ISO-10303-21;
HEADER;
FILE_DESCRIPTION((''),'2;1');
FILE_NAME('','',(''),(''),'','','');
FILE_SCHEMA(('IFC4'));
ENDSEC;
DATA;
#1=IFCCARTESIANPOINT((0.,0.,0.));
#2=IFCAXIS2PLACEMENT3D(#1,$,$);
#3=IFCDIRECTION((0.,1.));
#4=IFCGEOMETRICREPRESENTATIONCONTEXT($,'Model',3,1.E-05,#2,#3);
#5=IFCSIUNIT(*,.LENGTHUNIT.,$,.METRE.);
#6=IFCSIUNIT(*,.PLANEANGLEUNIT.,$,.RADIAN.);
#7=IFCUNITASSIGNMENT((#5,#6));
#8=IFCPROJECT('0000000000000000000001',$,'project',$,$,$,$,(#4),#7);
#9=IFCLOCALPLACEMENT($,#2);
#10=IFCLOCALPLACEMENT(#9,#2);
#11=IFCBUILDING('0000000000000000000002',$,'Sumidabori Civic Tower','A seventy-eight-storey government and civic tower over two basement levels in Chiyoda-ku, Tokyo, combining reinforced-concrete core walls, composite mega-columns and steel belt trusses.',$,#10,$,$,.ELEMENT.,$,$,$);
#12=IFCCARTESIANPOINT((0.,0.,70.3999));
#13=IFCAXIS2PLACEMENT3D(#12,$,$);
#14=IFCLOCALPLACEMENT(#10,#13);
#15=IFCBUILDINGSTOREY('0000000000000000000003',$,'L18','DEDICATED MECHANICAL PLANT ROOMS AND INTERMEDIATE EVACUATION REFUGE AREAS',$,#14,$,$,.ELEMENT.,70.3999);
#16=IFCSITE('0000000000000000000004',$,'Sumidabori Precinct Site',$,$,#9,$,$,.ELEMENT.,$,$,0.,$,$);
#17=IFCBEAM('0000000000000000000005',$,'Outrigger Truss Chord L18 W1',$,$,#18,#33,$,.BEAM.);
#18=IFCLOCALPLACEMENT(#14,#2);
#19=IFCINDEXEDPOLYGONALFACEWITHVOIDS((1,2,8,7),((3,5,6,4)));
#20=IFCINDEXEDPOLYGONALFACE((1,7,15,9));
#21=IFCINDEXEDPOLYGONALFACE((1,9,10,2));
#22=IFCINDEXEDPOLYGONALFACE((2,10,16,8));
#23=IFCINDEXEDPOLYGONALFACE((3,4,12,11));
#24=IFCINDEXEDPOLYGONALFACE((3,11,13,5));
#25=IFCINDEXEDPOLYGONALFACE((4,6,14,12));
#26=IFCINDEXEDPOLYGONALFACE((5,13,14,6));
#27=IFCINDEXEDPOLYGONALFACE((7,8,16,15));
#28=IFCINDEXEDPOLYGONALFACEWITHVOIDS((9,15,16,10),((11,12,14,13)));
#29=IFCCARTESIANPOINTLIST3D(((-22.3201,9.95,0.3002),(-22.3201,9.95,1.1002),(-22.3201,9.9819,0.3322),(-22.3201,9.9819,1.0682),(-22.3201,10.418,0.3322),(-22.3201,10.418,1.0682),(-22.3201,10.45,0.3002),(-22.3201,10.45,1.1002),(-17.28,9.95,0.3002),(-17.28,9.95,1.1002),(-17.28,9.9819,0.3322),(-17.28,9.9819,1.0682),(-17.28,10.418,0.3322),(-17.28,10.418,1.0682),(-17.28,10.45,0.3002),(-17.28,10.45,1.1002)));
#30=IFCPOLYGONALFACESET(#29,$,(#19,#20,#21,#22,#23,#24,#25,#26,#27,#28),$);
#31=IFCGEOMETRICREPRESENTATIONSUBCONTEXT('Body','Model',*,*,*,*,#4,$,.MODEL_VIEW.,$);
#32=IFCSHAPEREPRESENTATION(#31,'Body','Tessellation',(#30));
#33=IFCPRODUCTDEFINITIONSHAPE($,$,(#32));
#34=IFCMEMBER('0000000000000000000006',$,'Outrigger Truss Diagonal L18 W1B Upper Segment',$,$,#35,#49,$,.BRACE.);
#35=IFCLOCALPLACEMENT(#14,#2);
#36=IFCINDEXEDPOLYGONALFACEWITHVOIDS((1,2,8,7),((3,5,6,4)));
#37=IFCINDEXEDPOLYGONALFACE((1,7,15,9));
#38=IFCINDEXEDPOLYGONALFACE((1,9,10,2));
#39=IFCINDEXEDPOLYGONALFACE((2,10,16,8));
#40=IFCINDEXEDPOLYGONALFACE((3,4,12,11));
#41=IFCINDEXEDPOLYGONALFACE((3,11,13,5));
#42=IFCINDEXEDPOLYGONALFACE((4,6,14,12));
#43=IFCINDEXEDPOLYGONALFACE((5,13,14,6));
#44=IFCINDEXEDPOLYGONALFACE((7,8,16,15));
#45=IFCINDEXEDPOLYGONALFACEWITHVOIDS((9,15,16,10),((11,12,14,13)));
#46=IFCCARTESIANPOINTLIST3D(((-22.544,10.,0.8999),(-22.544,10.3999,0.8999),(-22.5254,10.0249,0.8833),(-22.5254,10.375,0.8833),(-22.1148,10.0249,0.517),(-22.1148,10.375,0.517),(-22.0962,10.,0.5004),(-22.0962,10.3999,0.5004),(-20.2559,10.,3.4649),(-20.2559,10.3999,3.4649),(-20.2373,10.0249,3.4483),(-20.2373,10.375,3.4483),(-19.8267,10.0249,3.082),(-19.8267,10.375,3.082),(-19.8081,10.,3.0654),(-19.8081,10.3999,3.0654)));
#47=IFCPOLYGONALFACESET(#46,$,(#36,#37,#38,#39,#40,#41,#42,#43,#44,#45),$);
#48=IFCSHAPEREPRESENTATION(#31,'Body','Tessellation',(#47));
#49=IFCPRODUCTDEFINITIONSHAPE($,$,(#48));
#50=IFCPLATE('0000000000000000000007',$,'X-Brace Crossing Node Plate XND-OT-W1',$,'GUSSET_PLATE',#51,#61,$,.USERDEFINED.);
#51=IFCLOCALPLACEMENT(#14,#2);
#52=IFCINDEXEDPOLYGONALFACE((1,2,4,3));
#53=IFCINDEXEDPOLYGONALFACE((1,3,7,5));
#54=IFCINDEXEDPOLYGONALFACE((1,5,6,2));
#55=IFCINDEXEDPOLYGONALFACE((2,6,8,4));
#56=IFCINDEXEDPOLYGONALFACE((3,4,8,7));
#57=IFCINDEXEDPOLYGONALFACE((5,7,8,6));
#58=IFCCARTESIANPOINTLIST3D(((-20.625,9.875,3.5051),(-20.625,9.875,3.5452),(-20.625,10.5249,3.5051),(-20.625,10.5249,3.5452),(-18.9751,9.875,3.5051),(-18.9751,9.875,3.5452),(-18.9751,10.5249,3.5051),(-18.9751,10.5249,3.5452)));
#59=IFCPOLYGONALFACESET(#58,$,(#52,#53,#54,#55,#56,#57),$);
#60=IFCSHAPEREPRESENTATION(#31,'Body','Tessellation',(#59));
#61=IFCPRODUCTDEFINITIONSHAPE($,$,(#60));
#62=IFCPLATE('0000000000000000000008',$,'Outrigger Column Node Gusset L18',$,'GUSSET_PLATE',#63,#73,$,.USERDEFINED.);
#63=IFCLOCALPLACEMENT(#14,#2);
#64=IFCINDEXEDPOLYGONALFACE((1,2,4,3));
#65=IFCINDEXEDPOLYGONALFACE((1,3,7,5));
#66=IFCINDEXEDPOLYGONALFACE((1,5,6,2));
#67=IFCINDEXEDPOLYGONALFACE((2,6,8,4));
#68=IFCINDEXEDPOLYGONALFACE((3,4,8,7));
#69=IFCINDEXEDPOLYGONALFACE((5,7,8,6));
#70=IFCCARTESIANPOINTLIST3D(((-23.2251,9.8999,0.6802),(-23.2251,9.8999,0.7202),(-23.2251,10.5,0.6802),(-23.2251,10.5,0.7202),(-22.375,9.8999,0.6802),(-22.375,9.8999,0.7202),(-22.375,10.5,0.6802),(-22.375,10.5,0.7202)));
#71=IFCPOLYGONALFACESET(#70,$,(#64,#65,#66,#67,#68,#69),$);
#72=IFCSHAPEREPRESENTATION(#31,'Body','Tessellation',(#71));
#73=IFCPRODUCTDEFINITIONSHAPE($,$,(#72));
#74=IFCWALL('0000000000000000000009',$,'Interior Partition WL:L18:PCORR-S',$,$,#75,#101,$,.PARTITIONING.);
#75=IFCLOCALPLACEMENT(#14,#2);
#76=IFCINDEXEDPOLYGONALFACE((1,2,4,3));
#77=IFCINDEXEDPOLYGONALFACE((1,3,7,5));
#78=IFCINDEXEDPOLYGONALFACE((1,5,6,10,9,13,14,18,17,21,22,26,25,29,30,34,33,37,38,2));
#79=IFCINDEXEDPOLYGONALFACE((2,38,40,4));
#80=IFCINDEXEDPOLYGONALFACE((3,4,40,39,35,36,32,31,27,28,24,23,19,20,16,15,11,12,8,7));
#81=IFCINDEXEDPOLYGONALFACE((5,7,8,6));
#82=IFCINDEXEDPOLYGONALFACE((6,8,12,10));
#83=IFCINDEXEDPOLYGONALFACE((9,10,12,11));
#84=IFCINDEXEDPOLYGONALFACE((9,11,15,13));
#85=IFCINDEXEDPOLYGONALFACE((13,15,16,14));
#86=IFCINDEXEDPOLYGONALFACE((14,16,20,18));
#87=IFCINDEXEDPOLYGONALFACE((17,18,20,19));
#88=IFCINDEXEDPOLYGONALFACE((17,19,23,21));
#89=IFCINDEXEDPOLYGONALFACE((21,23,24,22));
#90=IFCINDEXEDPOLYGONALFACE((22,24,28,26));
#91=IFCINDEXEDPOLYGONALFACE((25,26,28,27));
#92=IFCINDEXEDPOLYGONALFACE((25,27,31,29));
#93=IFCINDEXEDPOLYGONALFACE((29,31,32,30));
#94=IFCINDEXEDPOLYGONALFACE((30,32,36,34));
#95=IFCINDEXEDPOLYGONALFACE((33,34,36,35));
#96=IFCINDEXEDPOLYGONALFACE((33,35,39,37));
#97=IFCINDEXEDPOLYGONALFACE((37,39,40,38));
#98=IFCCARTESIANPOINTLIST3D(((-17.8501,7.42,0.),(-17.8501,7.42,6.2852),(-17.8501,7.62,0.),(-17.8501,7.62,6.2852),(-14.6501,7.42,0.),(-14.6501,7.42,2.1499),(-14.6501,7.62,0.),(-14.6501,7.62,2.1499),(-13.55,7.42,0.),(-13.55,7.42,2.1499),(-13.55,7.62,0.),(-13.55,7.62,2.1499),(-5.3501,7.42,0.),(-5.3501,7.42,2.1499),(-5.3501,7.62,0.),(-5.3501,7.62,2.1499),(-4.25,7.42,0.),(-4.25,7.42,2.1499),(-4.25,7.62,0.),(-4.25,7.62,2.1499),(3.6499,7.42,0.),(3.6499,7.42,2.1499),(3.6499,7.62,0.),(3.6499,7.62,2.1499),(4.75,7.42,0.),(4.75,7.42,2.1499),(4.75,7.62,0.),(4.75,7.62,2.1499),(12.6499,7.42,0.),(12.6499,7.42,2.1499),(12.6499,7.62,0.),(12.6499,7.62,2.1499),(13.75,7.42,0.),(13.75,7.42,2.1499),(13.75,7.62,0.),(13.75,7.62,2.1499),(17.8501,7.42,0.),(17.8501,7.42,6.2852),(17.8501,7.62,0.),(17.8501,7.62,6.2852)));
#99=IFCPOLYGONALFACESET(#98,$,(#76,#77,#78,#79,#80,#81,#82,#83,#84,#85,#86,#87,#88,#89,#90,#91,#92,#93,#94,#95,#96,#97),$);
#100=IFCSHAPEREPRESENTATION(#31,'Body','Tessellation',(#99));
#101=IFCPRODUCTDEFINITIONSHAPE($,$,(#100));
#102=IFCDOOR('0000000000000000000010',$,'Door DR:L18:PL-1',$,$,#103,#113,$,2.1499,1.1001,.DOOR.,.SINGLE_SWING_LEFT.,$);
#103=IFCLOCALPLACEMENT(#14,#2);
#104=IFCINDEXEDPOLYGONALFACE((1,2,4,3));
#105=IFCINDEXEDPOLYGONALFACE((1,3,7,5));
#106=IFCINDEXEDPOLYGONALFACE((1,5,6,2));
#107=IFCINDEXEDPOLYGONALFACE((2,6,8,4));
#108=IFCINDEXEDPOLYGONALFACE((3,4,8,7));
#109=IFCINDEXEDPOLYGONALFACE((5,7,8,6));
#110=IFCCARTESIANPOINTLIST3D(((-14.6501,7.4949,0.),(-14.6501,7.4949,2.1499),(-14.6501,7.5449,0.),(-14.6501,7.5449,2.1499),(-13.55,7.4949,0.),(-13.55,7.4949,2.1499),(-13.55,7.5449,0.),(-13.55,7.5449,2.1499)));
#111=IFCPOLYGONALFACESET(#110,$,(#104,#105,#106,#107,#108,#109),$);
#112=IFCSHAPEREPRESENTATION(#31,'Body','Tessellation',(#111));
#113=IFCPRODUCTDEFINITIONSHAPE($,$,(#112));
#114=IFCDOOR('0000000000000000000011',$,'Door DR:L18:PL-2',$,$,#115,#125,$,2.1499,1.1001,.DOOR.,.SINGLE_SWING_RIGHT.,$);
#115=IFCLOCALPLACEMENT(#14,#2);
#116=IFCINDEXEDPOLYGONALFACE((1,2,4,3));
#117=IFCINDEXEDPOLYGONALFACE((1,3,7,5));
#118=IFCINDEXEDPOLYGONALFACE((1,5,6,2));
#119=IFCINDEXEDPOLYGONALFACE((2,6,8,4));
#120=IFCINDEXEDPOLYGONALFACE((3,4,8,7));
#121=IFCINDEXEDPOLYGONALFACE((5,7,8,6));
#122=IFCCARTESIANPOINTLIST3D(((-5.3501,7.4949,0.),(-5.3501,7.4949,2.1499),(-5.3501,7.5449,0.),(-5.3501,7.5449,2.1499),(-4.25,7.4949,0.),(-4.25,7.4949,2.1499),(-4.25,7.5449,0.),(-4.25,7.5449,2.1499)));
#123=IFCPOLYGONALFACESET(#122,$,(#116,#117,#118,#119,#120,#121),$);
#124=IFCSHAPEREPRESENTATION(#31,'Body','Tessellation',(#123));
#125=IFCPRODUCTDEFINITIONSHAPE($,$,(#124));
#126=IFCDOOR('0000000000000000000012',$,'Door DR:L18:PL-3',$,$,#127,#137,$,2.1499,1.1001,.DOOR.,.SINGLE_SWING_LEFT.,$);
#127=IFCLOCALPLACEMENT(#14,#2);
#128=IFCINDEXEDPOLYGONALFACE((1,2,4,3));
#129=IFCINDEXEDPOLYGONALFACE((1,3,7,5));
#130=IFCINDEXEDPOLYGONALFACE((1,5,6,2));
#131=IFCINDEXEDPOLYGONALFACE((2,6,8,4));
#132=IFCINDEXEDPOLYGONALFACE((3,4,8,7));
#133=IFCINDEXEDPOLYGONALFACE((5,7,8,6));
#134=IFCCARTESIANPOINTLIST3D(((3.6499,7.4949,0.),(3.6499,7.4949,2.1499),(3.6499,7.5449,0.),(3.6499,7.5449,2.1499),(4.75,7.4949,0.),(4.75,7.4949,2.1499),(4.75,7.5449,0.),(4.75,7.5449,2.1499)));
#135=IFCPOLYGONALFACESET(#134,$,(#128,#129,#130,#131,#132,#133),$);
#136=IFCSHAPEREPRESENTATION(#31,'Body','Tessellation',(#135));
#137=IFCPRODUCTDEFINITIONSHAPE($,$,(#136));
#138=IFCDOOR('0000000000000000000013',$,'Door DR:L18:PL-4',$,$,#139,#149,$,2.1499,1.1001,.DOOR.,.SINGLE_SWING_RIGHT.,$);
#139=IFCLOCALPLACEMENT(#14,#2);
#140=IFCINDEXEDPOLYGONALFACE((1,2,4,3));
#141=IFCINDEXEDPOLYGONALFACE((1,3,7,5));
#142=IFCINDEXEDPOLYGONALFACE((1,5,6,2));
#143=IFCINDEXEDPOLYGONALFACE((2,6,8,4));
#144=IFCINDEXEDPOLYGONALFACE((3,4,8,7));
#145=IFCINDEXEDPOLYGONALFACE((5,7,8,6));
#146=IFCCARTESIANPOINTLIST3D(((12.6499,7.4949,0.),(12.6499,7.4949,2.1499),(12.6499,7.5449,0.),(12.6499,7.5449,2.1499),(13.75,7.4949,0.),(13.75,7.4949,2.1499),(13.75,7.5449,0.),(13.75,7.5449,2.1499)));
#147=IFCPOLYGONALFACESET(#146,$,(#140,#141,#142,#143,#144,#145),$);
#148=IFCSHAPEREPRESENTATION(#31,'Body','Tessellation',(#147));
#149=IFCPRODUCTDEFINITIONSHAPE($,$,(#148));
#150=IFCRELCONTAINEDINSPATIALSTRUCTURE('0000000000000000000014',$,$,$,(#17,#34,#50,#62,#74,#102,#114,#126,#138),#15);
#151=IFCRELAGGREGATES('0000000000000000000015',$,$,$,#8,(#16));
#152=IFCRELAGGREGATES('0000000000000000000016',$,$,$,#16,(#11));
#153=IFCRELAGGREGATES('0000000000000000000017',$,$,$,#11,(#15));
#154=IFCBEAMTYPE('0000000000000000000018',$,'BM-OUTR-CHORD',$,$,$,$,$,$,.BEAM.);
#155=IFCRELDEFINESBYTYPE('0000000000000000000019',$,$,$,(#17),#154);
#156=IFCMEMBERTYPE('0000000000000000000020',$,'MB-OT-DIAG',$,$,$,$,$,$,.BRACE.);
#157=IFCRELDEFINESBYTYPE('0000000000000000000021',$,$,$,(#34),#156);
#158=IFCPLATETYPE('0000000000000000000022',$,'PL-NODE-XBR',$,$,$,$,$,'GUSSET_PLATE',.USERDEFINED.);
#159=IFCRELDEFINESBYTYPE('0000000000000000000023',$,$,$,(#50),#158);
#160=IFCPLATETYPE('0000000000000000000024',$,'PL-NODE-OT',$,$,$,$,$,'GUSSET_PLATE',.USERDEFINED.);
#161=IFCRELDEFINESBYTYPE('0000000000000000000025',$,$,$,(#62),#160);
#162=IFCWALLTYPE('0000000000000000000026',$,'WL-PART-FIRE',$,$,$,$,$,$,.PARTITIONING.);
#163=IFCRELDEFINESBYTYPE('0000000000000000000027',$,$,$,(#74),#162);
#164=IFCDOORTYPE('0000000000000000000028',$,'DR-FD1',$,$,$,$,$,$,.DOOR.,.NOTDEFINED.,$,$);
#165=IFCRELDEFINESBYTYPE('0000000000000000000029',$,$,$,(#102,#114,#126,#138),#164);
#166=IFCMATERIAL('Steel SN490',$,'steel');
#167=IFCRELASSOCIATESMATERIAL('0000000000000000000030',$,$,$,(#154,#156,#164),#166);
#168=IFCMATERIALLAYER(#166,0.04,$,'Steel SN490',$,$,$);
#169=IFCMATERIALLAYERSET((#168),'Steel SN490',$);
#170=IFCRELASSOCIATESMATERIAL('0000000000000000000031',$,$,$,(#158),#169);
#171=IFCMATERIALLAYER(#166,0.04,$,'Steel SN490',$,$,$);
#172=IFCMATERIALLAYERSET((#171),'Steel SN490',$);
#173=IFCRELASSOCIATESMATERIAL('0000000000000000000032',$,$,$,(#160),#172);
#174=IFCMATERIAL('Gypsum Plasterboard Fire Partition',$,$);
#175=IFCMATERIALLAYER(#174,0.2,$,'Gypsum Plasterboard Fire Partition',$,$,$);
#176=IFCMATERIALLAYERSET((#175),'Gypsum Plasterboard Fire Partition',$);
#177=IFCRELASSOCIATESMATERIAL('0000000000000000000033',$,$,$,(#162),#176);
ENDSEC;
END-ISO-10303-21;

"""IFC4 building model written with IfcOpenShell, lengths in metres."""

from ifc_helpers import new_model, si_unit, direction, frame, frame_2d, origin, origin_2d, place, context, subcontext, project, spatial, rectangle, hollow_rectangle, extrude, source, transform, mapped, material, layer, layer_set, material_profile, profile_set, type_object, element, fill, save


model = new_model("IFC4")

# Units and contexts
model_context = context("Model", 3, precision=1e-05, world=origin(), true_north=direction((0.0, 1.0)))
body_context = subcontext(model_context, "Body", "Model", "MODEL_VIEW")
ifc_project = project(units=[si_unit("LENGTHUNIT", "METRE"), si_unit("PLANEANGLEUNIT", "RADIAN")], contexts=[model_context])

# Site, building, storey
site_placement = place(None, origin())
site = spatial("IfcSite", under=ifc_project, at=site_placement, Name="Sumidabori Precinct Site", CompositionType="ELEMENT", RefElevation=0.0)
building_placement = place(site_placement, origin())
building = spatial("IfcBuilding", under=site, at=building_placement, Name="Sumidabori Civic Tower", Description="A seventy-eight-storey government and civic tower over two basement levels in Chiyoda-ku, Tokyo, combining reinforced-concrete core walls, composite mega-columns and steel belt trusses.", CompositionType="ELEMENT")
storey_placement = place(building_placement, frame((0.0, 0.0, 70.3999)))
storey = spatial("IfcBuildingStorey", under=building, at=storey_placement, Name="L18", Description="DEDICATED MECHANICAL PLANT ROOMS AND INTERMEDIATE EVACUATION REFUGE AREAS", CompositionType="ELEMENT", Elevation=70.3999)

# Beam
ifc_material_1 = material(Name="Steel SN490", Category="steel")
ifc_material_profile_1 = material_profile(ifc_material_1, hollow_rectangle(XDim=0.5, YDim=0.8, WallThickness=0.032, at=origin_2d()), Name="RHS 800x500x32")
ifc_profile_set_1 = profile_set([ifc_material_profile_1], Name="Steel SN490")
beam_type_1 = type_object("IfcBeamType", Name="BM-OUTR-CHORD", PredefinedType="BEAM", material=ifc_profile_set_1)
shared_shape_1 = source(origin(), body_context, "Body", "SweptSolid", [
    extrude(hollow_rectangle(XDim=0.5, YDim=0.8, WallThickness=0.032, at=origin_2d()), origin(), (0.0, 0.0, 1.0), 5.04),
])
beam_1_placement = place(storey_placement, frame((-17.28, 10.2, 0.7002), z_axis=(-1.0, 0.0, 0.0), x_axis=(0.0, -1.0, 0.0)))
element("IfcBeam", 1, at=beam_1_placement, inside=storey, type_object=beam_type_1, Name="Outrigger Truss Chord L18 W1", PredefinedType="BEAM", context=body_context, shape_type="MappedRepresentation", body=[
    mapped(shared_shape_1, transform((0.0, 0.0, 0.0), x_axis=(1.0, 0.0, 0.0), y_axis=(0.0, 1.0, 0.0), z_axis=(0.0, 0.0, 1.0), scale=1.0)),
])

# Member
ifc_material_profile_2 = material_profile(ifc_material_1, hollow_rectangle(XDim=0.3999, YDim=0.6001, WallThickness=0.0249, at=origin_2d()), Name="RHS 600x400x25")
ifc_profile_set_2 = profile_set([ifc_material_profile_2], Name="Steel SN490")
member_type = type_object("IfcMemberType", Name="MB-OT-DIAG", PredefinedType="BRACE", material=ifc_profile_set_2)
shared_shape_2 = source(origin(), body_context, "Body", "SweptSolid", [
    extrude(hollow_rectangle(XDim=0.3999, YDim=0.6001, WallThickness=0.0249, at=origin_2d()), origin(), (0.0, 0.0, 1.0), 3.4373),
])
member_placement = place(storey_placement, frame((-20.032, 10.2, 3.2651), z_axis=(-0.665685, 0.0, -0.746232), x_axis=(0.0, -1.0, 0.0)))
element("IfcMember", 2, at=member_placement, inside=storey, type_object=member_type, Name="Outrigger Truss Diagonal L18 W1B Upper Segment", PredefinedType="BRACE", context=body_context, shape_type="MappedRepresentation", body=[
    mapped(shared_shape_2, transform((0.0, 0.0, 0.0), x_axis=(1.0, 0.0, 0.0), y_axis=(0.0, 1.0, 0.0), z_axis=(0.0, 0.0, 1.0), scale=1.0)),
])

# Plates
ifc_layer_1 = layer(ifc_material_1, 0.04, Name="Steel SN490")
ifc_layer_set_1 = layer_set([ifc_layer_1], Name="Steel SN490")
plate_type_1 = type_object("IfcPlateType", Name="PL-NODE-XBR", ElementType="GUSSET_PLATE", PredefinedType="USERDEFINED", material=ifc_layer_set_1)
shared_shape_3 = source(origin(), body_context, "Body", "SweptSolid", [
    extrude(rectangle(XDim=1.6499, YDim=0.6499, at=origin_2d()), origin(), (0.0, 0.0, 1.0), 0.04),
])
plate_1_placement = place(storey_placement, frame((-19.8, 10.2, 3.5051), z_axis=(0.0, 0.0, 1.0), x_axis=(-1.0, 0.0, 0.0)))
element("IfcPlate", 3, at=plate_1_placement, inside=storey, type_object=plate_type_1, Name="X-Brace Crossing Node Plate XND-OT-W1", ObjectType="GUSSET_PLATE", PredefinedType="USERDEFINED", context=body_context, shape_type="MappedRepresentation", body=[
    mapped(shared_shape_3, transform((0.0, 0.0, 0.0), x_axis=(1.0, 0.0, 0.0), y_axis=(0.0, 1.0, 0.0), z_axis=(0.0, 0.0, 1.0), scale=1.0)),
])
ifc_layer_2 = layer(ifc_material_1, 0.04, Name="Steel SN490")
ifc_layer_set_2 = layer_set([ifc_layer_2], Name="Steel SN490")
plate_type_2 = type_object("IfcPlateType", Name="PL-NODE-OT", ElementType="GUSSET_PLATE", PredefinedType="USERDEFINED", material=ifc_layer_set_2)
shared_shape_4 = source(origin(), body_context, "Body", "SweptSolid", [
    extrude(rectangle(XDim=0.8501, YDim=0.6001, at=origin_2d()), origin(), (0.0, 0.0, 1.0), 0.04),
])
plate_2_placement = place(storey_placement, frame((-22.8, 10.2, 0.6802), z_axis=(0.0, 0.0, 1.0), x_axis=(1.0, 0.0, 0.0)))
element("IfcPlate", 4, at=plate_2_placement, inside=storey, type_object=plate_type_2, Name="Outrigger Column Node Gusset L18", ObjectType="GUSSET_PLATE", PredefinedType="USERDEFINED", context=body_context, shape_type="MappedRepresentation", body=[
    mapped(shared_shape_4, transform((0.0, 0.0, 0.0), x_axis=(1.0, 0.0, 0.0), y_axis=(0.0, 1.0, 0.0), z_axis=(0.0, 0.0, 1.0), scale=1.0)),
])

# Wall, openings, doors
ifc_material_2 = material(Name="Gypsum Plasterboard Fire Partition")
ifc_layer_3 = layer(ifc_material_2, 0.2, Name="Gypsum Plasterboard Fire Partition")
ifc_layer_set_3 = layer_set([ifc_layer_3], Name="Gypsum Plasterboard Fire Partition")
wall_type = type_object("IfcWallType", Name="WL-PART-FIRE", PredefinedType="PARTITIONING", material=ifc_layer_set_3)
shared_shape_5 = source(origin(), body_context, "Body", "SweptSolid", [
    extrude(rectangle(XDim=35.7002, YDim=0.2, at=frame_2d((17.8501, 0.0))), origin(), (0.0, 0.0, 1.0), 6.2852),
])
wall_placement = place(storey_placement, frame((-17.8501, 7.52, 0.0), z_axis=(0.0, 0.0, 1.0), x_axis=(1.0, 0.0, 0.0)))
wall = element("IfcWall", 5, at=wall_placement, inside=storey, type_object=wall_type, Name="Interior Partition WL:L18:PCORR-S", PredefinedType="PARTITIONING", context=body_context, shape_type="MappedRepresentation", body=[
    mapped(shared_shape_5, transform((0.0, 0.0, 0.0), x_axis=(1.0, 0.0, 0.0), y_axis=(0.0, 1.0, 0.0), z_axis=(0.0, 0.0, 1.0), scale=1.0)),
])
opening_1_placement = place(wall_placement, frame((3.2, 0.0, 0.0)))
opening_1 = element("IfcOpeningElement", 6, at=opening_1_placement, cuts=wall, PredefinedType="OPENING", context=body_context, shape_type="SweptSolid", body=[
    extrude(rectangle(XDim=1.1001, YDim=2.1499, at=frame_2d((0.55, 1.075))), frame((0.0, 0.1118, 0.0), z_axis=(0.0, -1.0, 0.0), x_axis=(1.0, 0.0, 0.0)), (0.0, 0.0, 1.0), 0.2239),
])
opening_2_placement = place(wall_placement, frame((12.5, 0.0, 0.0)))
opening_2 = element("IfcOpeningElement", 7, at=opening_2_placement, cuts=wall, PredefinedType="OPENING", context=body_context, shape_type="SweptSolid", body=[
    extrude(rectangle(XDim=1.1001, YDim=2.1499, at=frame_2d((0.55, 1.075))), frame((0.0, 0.1118, 0.0), z_axis=(0.0, -1.0, 0.0), x_axis=(1.0, 0.0, 0.0)), (0.0, 0.0, 1.0), 0.2239),
])
opening_3_placement = place(wall_placement, frame((21.5, 0.0, 0.0)))
opening_3 = element("IfcOpeningElement", 8, at=opening_3_placement, cuts=wall, PredefinedType="OPENING", context=body_context, shape_type="SweptSolid", body=[
    extrude(rectangle(XDim=1.1001, YDim=2.1499, at=frame_2d((0.55, 1.075))), frame((0.0, 0.1118, 0.0), z_axis=(0.0, -1.0, 0.0), x_axis=(1.0, 0.0, 0.0)), (0.0, 0.0, 1.0), 0.2239),
])
opening_4_placement = place(wall_placement, frame((30.5, 0.0, 0.0)))
opening_4 = element("IfcOpeningElement", 9, at=opening_4_placement, cuts=wall, PredefinedType="OPENING", context=body_context, shape_type="SweptSolid", body=[
    extrude(rectangle(XDim=1.1001, YDim=2.1499, at=frame_2d((0.55, 1.075))), frame((0.0, 0.1118, 0.0), z_axis=(0.0, -1.0, 0.0), x_axis=(1.0, 0.0, 0.0)), (0.0, 0.0, 1.0), 0.2239),
])
door_type = type_object("IfcDoorType", Name="DR-FD1", OperationType="NOTDEFINED", PredefinedType="DOOR", material=ifc_material_1)
shared_shape_6 = source(origin(), body_context, "Body", "SweptSolid", [
    extrude(rectangle(XDim=1.1001, YDim=2.1499, at=frame_2d((0.55, 1.075))), frame((0.0, 0.0249, 0.0), z_axis=(0.0, -1.0, 0.0), x_axis=(1.0, 0.0, 0.0)), (0.0, 0.0, 1.0), 0.05),
])
door_1_placement = place(opening_1_placement, origin())
door_1 = element("IfcDoor", 10, at=door_1_placement, inside=storey, type_object=door_type, Name="Door DR:L18:PL-1", OperationType="SINGLE_SWING_LEFT", OverallHeight=2.1499, OverallWidth=1.1001, PredefinedType="DOOR", context=body_context, shape_type="MappedRepresentation", body=[
    mapped(shared_shape_6, transform((0.0, 0.0, 0.0), x_axis=(1.0, 0.0, 0.0), y_axis=(0.0, 1.0, 0.0), z_axis=(0.0, 0.0, 1.0), scale=1.0)),
])
fill(opening_1, door_1)
door_2_placement = place(opening_2_placement, origin())
door_2 = element("IfcDoor", 11, at=door_2_placement, inside=storey, type_object=door_type, Name="Door DR:L18:PL-2", OperationType="SINGLE_SWING_RIGHT", OverallHeight=2.1499, OverallWidth=1.1001, PredefinedType="DOOR", context=body_context, shape_type="MappedRepresentation", body=[
    mapped(shared_shape_6, transform((0.0, 0.0, 0.0), x_axis=(1.0, 0.0, 0.0), y_axis=(0.0, 1.0, 0.0), z_axis=(0.0, 0.0, 1.0), scale=1.0)),
])
fill(opening_2, door_2)
door_3_placement = place(opening_3_placement, origin())
door_3 = element("IfcDoor", 12, at=door_3_placement, inside=storey, type_object=door_type, Name="Door DR:L18:PL-3", OperationType="SINGLE_SWING_LEFT", OverallHeight=2.1499, OverallWidth=1.1001, PredefinedType="DOOR", context=body_context, shape_type="MappedRepresentation", body=[
    mapped(shared_shape_6, transform((0.0, 0.0, 0.0), x_axis=(1.0, 0.0, 0.0), y_axis=(0.0, 1.0, 0.0), z_axis=(0.0, 0.0, 1.0), scale=1.0)),
])
fill(opening_3, door_3)
door_4_placement = place(opening_4_placement, origin())
door_4 = element("IfcDoor", 13, at=door_4_placement, inside=storey, type_object=door_type, Name="Door DR:L18:PL-4", OperationType="SINGLE_SWING_RIGHT", OverallHeight=2.1499, OverallWidth=1.1001, PredefinedType="DOOR", context=body_context, shape_type="MappedRepresentation", body=[
    mapped(shared_shape_6, transform((0.0, 0.0, 0.0), x_axis=(1.0, 0.0, 0.0), y_axis=(0.0, 1.0, 0.0), z_axis=(0.0, 0.0, 1.0), scale=1.0)),
])
fill(opening_4, door_4)

save(model, "model.ifc")
